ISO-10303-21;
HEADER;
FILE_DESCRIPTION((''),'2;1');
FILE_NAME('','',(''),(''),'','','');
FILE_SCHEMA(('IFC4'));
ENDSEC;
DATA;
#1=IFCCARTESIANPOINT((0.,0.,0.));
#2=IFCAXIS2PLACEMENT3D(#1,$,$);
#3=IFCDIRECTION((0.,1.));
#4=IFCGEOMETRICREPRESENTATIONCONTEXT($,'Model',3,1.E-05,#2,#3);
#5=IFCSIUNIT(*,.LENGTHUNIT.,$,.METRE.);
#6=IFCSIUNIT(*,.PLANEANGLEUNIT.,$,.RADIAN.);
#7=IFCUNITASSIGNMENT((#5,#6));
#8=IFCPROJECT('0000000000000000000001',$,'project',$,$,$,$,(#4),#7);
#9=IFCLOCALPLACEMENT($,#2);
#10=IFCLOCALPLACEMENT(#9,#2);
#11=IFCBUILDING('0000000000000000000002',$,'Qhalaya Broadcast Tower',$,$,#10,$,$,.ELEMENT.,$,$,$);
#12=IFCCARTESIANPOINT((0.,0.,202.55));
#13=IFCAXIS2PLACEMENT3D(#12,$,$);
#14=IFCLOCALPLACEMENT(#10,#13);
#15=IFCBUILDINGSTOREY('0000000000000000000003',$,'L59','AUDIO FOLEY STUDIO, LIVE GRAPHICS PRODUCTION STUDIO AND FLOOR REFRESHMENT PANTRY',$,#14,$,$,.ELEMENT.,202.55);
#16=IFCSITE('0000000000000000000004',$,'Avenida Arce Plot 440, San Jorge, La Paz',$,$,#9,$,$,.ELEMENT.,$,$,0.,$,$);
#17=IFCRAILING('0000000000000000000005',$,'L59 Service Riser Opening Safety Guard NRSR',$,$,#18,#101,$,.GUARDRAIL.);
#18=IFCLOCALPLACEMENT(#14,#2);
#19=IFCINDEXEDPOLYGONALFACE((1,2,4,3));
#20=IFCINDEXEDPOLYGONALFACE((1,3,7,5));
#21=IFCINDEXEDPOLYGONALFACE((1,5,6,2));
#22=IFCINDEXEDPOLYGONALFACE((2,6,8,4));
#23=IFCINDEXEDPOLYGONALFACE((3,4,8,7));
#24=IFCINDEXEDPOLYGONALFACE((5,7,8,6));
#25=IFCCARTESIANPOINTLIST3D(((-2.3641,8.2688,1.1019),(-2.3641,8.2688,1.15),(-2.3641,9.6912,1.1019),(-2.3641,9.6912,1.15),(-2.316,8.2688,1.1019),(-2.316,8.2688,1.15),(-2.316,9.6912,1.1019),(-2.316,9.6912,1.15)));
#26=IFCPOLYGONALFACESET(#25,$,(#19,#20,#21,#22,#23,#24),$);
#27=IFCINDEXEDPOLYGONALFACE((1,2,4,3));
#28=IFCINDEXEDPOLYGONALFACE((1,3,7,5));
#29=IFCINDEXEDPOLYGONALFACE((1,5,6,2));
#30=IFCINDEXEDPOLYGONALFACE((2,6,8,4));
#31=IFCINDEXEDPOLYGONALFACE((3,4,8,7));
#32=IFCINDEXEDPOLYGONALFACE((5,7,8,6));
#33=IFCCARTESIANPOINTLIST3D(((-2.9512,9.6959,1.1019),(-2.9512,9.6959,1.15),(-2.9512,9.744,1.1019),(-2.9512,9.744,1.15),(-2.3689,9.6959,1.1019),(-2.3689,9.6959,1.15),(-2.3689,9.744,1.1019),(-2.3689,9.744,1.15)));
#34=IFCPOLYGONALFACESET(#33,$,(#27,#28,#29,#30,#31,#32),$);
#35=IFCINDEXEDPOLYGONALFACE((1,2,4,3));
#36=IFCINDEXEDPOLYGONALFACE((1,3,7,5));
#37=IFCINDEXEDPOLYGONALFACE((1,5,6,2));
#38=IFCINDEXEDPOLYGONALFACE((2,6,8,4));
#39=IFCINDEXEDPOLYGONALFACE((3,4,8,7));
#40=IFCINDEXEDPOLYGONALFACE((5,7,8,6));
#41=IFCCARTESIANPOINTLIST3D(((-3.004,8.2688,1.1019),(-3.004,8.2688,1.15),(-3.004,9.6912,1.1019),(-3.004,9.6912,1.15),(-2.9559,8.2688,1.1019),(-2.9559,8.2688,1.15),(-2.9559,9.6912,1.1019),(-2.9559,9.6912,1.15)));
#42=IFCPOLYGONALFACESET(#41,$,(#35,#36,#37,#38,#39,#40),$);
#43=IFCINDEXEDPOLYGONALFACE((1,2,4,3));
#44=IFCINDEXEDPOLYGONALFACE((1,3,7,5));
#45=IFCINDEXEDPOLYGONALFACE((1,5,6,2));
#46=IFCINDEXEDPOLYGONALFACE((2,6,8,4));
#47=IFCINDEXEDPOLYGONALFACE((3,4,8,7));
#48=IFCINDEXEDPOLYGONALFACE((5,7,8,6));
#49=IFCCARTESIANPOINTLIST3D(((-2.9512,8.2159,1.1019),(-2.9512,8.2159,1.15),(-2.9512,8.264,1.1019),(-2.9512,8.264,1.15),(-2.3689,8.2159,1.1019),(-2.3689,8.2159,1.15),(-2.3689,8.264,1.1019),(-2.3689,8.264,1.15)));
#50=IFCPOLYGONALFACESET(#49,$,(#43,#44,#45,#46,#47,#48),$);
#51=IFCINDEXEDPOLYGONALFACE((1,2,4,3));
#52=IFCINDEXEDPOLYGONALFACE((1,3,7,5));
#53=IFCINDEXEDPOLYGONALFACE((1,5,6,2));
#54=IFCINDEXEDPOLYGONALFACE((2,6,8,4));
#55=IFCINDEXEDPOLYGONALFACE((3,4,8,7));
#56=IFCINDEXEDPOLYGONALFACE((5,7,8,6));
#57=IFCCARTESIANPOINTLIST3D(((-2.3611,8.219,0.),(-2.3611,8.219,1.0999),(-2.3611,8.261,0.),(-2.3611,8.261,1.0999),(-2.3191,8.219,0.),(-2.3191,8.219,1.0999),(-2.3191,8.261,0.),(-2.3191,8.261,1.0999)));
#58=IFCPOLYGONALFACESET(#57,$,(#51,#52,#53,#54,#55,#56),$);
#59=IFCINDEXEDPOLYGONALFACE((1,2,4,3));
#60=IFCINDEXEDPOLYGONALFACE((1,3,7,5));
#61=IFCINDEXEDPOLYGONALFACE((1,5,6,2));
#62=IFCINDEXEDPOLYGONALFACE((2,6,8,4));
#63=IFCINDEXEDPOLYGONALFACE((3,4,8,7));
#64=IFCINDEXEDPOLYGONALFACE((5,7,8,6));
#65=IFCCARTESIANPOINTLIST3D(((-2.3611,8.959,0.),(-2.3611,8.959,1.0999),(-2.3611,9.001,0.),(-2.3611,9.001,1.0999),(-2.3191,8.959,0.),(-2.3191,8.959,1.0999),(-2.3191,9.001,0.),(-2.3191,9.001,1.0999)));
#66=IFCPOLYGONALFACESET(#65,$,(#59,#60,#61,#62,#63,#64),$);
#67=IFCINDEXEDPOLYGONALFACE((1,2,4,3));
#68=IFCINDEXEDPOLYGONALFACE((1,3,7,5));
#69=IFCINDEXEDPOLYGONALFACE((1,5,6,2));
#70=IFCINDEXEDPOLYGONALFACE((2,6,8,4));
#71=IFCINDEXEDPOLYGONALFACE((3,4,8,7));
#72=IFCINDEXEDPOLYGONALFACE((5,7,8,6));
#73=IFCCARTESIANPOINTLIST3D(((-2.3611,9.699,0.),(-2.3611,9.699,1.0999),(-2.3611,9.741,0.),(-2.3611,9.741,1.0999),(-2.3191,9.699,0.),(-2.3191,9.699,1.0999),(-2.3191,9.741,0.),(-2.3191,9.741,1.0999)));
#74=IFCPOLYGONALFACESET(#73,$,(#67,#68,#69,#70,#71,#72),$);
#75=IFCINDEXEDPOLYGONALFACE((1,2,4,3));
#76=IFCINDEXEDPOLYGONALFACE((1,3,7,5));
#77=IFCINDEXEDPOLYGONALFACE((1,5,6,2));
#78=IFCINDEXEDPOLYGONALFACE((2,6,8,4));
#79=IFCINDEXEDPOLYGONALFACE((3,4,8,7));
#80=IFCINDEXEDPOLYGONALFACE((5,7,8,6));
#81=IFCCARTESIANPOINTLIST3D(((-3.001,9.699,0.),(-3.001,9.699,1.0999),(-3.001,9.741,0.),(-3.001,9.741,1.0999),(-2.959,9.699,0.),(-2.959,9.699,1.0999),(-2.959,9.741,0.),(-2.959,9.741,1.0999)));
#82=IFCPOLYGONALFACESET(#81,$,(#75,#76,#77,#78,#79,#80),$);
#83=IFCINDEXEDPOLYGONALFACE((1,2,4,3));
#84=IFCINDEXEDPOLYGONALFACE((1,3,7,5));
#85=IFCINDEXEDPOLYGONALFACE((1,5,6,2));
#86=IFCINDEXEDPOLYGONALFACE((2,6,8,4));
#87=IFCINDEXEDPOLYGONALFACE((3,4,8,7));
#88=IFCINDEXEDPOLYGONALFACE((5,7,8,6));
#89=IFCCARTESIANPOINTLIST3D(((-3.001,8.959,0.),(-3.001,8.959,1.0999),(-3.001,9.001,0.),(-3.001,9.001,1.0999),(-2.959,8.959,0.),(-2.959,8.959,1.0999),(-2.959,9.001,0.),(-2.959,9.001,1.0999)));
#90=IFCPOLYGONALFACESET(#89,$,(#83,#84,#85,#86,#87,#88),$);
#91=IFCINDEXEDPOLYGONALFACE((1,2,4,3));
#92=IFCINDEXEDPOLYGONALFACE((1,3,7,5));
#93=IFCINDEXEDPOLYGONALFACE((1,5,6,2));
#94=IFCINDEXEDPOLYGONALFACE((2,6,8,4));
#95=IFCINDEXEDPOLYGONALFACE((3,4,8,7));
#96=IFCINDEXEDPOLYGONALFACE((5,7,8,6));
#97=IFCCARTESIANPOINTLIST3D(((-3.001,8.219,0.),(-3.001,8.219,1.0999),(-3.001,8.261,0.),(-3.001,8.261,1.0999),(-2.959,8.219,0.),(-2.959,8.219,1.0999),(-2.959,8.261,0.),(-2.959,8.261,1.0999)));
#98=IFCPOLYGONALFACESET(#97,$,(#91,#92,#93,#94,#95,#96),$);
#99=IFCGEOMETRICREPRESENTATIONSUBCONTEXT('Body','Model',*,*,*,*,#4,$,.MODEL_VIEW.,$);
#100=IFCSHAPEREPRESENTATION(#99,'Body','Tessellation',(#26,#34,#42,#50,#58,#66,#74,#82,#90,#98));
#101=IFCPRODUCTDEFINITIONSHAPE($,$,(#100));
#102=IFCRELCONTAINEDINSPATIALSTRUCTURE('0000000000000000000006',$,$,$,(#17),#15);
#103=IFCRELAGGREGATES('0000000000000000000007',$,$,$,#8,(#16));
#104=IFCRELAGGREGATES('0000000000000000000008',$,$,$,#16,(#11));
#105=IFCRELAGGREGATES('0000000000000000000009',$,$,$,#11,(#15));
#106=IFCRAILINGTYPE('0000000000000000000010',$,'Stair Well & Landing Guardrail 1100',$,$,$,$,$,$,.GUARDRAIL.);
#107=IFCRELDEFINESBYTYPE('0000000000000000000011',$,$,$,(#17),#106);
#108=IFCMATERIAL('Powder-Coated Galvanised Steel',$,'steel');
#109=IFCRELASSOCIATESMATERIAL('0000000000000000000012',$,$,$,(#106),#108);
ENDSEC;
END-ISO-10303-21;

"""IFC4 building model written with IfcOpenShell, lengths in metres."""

from ifc_helpers import new_model, si_unit, direction, frame, origin, origin_2d, place, context, subcontext, project, spatial, rectangle, extrude, material, type_object, element, save


model = new_model("IFC4")

# Units and contexts
model_context = context("Model", 3, precision=1e-05, world=origin(), true_north=direction((0.0, 1.0)))
body_context = subcontext(model_context, "Body", "Model", "MODEL_VIEW")
ifc_project = project(units=[si_unit("LENGTHUNIT", "METRE"), si_unit("PLANEANGLEUNIT", "RADIAN")], contexts=[model_context])

# Site, building, storey
site_placement = place(None, origin())
site = spatial("IfcSite", under=ifc_project, at=site_placement, Name="Avenida Arce Plot 440, San Jorge, La Paz", CompositionType="ELEMENT", RefElevation=0.0)
building_placement = place(site_placement, origin())
building = spatial("IfcBuilding", under=site, at=building_placement, Name="Qhalaya Broadcast Tower", CompositionType="ELEMENT")
storey_placement = place(building_placement, frame((0.0, 0.0, 202.55)))
storey = spatial("IfcBuildingStorey", under=building, at=storey_placement, Name="L59", Description="AUDIO FOLEY STUDIO, LIVE GRAPHICS PRODUCTION STUDIO AND FLOOR REFRESHMENT PANTRY", CompositionType="ELEMENT", Elevation=202.55)

# Railing
ifc_material_1 = material(Name="Powder-Coated Galvanised Steel", Category="steel")
railing_type_1 = type_object("IfcRailingType", Name="Stair Well & Landing Guardrail 1100", PredefinedType="GUARDRAIL", material=ifc_material_1)
railing_1_placement = place(storey_placement, frame((-2.3401, 8.24, 0.0)))
element("IfcRailing", 1, at=railing_1_placement, inside=storey, type_object=railing_type_1, Name="L59 Service Riser Opening Safety Guard NRSR", PredefinedType="GUARDRAIL", context=body_context, shape_type="SweptSolid", body=[
    extrude(rectangle(XDim=0.0481, YDim=0.0481, at=origin_2d()), frame((0.0, 0.0288, 1.126), z_axis=(0.0, 1.0, 0.0), x_axis=(-1.0, 0.0, 0.0)), (0.0, 0.0, 1.0), 1.4224),
    extrude(rectangle(XDim=0.0481, YDim=0.0481, at=origin_2d()), frame((-0.0288, 1.48, 1.126), z_axis=(-1.0, 0.0, 0.0), x_axis=(0.0, -1.0, 0.0)), (0.0, 0.0, 1.0), 0.5823),
    extrude(rectangle(XDim=0.0481, YDim=0.0481, at=origin_2d()), frame((-0.6399, 1.4512, 1.126), z_axis=(0.0, -1.0, 0.0), x_axis=(1.0, 0.0, 0.0)), (0.0, 0.0, 1.0), 1.4224),
    extrude(rectangle(XDim=0.0481, YDim=0.0481, at=origin_2d()), frame((-0.6111, 0.0, 1.126), z_axis=(1.0, 0.0, 0.0), x_axis=(0.0, 1.0, 0.0)), (0.0, 0.0, 1.0), 0.5823),
    extrude(rectangle(XDim=0.042, YDim=0.042, at=origin_2d()), origin(), (0.0, 0.0, 1.0), 1.0999),
    extrude(rectangle(XDim=0.042, YDim=0.042, at=origin_2d()), frame((0.0, 0.74, 0.0)), (0.0, 0.0, 1.0), 1.0999),
    extrude(rectangle(XDim=0.042, YDim=0.042, at=origin_2d()), frame((0.0, 1.48, 0.0)), (0.0, 0.0, 1.0), 1.0999),
    extrude(rectangle(XDim=0.042, YDim=0.042, at=origin_2d()), frame((-0.6399, 1.48, 0.0)), (0.0, 0.0, 1.0), 1.0999),
    extrude(rectangle(XDim=0.042, YDim=0.042, at=origin_2d()), frame((-0.6399, 0.74, 0.0)), (0.0, 0.0, 1.0), 1.0999),
    extrude(rectangle(XDim=0.042, YDim=0.042, at=origin_2d()), frame((-0.6399, 0.0, 0.0)), (0.0, 0.0, 1.0), 1.0999),
])

save(model, "model.ifc")
